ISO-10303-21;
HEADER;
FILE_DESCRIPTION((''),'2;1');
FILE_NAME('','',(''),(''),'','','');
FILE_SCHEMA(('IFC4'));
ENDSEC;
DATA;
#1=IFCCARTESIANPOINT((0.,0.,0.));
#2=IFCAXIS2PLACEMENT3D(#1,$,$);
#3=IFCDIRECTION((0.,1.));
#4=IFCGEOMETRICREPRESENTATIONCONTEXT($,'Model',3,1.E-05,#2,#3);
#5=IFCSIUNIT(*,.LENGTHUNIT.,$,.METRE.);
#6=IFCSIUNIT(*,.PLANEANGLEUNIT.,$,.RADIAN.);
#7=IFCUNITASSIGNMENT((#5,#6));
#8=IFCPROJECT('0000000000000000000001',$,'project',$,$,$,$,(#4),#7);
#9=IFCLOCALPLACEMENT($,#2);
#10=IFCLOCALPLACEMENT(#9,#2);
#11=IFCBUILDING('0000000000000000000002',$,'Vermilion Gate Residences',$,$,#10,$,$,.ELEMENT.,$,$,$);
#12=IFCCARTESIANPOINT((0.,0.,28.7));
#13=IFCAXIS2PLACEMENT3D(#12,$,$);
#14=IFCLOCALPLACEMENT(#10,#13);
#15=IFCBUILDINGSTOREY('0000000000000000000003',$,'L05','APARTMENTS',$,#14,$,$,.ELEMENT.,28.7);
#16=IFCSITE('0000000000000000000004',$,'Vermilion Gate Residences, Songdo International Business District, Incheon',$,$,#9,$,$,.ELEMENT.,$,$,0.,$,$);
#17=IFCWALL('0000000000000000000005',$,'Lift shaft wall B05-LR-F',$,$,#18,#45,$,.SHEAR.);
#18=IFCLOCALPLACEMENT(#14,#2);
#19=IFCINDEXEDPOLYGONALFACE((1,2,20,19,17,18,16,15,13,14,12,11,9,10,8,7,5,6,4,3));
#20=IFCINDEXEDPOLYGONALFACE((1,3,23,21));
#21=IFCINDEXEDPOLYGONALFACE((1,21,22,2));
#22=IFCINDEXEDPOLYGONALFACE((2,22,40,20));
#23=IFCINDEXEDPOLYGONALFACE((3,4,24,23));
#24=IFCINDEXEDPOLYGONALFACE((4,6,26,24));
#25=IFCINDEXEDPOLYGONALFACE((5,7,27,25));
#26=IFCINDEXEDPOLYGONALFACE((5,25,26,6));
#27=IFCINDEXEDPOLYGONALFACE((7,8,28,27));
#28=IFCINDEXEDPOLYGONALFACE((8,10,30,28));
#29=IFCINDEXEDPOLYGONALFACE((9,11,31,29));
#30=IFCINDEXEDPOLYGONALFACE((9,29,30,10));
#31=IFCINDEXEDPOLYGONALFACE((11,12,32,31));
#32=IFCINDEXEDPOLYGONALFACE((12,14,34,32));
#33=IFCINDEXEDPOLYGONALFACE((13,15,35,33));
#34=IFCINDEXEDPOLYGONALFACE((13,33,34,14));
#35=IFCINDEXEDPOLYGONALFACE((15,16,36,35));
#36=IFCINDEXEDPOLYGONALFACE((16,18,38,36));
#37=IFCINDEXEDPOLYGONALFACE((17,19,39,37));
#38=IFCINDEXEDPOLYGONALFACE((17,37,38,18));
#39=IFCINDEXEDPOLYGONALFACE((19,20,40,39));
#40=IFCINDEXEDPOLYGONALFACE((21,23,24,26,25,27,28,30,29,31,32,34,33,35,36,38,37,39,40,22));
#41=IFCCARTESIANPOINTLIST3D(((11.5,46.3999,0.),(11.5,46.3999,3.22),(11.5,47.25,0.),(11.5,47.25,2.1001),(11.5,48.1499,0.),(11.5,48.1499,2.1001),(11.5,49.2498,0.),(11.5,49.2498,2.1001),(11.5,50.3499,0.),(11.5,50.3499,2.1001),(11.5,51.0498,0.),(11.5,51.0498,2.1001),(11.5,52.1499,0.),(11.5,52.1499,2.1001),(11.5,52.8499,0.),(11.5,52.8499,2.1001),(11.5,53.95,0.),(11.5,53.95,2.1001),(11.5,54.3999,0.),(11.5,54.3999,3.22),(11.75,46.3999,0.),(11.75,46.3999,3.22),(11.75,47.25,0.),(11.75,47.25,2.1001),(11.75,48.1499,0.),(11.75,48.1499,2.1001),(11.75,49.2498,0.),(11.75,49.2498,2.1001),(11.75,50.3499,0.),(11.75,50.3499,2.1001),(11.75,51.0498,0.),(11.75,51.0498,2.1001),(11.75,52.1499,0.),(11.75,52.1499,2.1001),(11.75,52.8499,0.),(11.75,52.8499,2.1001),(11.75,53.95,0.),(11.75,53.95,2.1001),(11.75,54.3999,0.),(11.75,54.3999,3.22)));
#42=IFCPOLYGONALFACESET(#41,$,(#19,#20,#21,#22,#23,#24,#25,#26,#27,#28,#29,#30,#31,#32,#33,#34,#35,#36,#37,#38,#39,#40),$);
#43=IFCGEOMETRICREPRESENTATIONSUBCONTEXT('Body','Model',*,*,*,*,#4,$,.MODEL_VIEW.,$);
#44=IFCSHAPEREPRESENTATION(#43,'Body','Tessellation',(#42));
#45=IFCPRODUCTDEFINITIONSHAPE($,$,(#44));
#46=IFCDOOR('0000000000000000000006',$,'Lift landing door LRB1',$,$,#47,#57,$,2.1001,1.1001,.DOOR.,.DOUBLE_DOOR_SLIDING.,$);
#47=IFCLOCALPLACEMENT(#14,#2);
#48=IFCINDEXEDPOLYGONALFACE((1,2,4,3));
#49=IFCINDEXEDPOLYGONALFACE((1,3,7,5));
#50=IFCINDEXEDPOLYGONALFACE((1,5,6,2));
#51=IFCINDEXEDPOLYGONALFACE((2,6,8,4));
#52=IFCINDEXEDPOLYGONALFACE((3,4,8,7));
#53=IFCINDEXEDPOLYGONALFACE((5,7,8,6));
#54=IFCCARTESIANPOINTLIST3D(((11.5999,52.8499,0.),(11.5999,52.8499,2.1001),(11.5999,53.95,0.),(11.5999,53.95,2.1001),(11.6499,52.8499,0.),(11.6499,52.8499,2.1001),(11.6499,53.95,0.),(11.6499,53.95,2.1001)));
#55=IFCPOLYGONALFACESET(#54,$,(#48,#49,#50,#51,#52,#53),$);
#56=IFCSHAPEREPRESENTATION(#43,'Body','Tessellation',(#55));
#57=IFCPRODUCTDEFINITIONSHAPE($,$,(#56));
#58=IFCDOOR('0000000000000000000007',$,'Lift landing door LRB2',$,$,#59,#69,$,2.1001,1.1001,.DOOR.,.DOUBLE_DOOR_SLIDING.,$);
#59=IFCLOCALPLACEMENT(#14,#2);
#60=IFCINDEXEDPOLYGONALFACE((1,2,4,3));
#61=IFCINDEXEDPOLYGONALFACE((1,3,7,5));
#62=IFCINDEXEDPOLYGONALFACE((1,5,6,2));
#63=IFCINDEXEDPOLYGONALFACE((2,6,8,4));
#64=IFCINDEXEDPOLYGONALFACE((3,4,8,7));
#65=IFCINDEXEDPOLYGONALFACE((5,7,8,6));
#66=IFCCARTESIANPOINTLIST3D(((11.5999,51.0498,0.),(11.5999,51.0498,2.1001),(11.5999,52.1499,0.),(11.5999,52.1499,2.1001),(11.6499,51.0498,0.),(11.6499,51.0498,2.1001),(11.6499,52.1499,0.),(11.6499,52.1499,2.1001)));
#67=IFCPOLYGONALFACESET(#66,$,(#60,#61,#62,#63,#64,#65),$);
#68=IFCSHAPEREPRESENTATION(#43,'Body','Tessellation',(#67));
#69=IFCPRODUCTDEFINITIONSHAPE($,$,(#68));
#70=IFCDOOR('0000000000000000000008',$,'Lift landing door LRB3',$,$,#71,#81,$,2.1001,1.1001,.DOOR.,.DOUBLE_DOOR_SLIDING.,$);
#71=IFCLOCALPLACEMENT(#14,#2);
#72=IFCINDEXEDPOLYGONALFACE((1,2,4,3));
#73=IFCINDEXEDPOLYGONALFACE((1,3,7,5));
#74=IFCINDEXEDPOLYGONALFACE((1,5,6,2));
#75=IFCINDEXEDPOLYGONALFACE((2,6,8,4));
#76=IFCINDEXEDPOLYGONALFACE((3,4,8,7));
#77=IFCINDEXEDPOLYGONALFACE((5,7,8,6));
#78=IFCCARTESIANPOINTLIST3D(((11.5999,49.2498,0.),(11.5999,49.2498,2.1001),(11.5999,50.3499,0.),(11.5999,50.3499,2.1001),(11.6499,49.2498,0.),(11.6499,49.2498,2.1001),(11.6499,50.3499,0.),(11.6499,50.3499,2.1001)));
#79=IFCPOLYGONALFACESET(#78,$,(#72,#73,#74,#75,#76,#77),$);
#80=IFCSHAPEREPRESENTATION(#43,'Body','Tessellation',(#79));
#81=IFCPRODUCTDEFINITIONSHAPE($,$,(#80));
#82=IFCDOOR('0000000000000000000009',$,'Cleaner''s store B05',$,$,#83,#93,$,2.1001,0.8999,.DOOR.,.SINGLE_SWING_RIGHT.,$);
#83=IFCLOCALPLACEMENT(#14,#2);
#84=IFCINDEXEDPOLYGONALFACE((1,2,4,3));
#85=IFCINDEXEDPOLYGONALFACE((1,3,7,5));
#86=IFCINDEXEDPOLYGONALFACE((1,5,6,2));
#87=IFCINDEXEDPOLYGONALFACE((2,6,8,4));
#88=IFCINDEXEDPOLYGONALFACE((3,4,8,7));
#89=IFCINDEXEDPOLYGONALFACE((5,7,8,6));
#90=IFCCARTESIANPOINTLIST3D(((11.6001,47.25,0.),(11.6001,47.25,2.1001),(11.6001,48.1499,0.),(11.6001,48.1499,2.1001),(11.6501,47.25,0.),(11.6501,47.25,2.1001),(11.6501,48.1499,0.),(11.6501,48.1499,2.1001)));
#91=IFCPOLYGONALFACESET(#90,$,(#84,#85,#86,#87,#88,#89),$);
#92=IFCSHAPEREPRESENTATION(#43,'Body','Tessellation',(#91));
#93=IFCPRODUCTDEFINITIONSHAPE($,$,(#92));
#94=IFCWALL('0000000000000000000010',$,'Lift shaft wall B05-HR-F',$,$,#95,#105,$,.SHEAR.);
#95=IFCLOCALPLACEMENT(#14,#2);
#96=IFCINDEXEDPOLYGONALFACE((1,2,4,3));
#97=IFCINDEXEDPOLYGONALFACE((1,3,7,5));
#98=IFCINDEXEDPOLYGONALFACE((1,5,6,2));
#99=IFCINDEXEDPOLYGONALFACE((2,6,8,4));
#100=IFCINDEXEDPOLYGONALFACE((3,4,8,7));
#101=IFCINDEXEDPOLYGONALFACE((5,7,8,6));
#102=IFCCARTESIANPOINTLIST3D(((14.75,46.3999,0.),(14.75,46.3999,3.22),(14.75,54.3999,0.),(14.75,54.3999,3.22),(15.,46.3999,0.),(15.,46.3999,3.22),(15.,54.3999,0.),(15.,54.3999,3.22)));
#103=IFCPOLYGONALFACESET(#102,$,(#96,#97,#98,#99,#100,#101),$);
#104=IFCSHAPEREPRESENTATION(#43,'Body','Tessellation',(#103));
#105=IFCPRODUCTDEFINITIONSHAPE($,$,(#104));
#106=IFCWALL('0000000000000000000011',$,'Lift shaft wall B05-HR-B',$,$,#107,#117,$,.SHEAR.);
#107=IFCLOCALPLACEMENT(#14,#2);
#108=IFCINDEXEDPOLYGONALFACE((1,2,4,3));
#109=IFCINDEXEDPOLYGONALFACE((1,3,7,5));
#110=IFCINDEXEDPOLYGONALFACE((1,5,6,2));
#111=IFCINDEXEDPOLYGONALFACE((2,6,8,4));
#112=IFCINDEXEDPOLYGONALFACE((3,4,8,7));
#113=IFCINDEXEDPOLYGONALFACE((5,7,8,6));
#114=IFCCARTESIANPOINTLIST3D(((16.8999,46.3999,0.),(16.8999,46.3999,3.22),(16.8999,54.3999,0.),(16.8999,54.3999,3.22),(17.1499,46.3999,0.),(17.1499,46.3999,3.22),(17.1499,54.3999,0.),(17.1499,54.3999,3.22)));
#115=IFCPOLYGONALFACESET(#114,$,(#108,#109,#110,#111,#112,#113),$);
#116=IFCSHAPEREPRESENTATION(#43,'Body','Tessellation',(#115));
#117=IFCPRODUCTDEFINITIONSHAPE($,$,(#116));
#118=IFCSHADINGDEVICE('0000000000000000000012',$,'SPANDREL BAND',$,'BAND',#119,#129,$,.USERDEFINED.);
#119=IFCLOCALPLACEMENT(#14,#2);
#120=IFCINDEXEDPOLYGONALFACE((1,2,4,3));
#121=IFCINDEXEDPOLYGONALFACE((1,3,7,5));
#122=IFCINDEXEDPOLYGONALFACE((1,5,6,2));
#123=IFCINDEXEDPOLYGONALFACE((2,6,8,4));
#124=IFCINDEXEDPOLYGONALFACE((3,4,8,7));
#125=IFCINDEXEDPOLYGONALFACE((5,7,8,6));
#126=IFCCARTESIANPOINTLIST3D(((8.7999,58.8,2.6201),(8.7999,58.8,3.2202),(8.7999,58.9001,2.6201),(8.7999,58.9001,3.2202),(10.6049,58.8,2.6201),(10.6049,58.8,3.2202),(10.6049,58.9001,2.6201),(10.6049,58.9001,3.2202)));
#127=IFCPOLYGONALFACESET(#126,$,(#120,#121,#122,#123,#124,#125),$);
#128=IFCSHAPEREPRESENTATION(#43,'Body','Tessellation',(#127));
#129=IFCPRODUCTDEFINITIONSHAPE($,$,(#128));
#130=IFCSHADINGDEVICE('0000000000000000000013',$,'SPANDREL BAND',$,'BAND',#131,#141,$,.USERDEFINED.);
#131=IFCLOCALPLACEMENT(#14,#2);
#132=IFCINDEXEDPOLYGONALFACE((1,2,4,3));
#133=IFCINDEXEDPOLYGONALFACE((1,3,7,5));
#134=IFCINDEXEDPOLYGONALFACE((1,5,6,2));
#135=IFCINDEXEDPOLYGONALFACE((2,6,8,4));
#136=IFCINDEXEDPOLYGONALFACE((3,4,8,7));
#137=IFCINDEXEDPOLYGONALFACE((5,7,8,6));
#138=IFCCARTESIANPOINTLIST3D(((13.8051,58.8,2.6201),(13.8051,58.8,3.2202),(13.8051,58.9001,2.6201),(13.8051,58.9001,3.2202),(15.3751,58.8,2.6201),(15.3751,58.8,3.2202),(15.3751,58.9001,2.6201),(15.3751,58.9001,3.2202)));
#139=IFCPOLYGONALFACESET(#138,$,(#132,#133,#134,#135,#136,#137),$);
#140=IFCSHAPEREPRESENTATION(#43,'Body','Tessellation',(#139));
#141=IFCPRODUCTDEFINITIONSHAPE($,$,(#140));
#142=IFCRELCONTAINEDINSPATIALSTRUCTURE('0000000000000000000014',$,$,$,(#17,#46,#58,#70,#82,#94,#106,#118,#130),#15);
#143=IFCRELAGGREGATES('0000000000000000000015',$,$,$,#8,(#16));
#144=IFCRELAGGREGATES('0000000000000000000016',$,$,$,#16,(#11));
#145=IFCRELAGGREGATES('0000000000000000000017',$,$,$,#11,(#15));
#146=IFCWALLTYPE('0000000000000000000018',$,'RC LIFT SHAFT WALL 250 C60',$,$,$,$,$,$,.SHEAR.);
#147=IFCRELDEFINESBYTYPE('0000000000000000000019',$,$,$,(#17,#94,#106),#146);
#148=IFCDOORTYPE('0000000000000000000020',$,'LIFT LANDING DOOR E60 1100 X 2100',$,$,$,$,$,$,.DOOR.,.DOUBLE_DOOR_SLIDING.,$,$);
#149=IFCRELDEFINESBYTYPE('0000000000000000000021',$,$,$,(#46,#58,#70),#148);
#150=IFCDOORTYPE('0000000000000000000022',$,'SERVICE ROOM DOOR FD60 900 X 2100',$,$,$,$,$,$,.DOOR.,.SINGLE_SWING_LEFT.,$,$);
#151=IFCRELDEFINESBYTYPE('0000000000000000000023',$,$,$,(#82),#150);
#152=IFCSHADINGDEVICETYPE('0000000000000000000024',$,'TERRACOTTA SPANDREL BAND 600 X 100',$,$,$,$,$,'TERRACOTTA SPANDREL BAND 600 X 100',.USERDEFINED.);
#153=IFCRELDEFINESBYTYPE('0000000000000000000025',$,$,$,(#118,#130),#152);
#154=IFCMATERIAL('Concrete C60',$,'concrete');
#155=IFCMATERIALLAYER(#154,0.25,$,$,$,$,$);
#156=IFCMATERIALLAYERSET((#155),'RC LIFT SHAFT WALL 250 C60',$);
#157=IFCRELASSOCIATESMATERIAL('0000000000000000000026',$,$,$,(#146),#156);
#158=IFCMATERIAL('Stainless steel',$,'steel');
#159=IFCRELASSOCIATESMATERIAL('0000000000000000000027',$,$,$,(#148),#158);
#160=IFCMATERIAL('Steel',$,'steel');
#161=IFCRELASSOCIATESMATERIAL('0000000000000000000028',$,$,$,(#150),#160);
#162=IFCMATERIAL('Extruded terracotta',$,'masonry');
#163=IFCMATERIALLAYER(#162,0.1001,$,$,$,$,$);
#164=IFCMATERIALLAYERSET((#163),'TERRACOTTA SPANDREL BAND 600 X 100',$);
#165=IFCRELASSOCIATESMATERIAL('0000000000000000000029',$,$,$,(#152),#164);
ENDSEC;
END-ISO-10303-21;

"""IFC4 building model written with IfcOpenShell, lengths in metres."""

from ifc_helpers import new_model, si_unit, direction, frame, frame_2d, origin, origin_2d, place, context, subcontext, project, spatial, rectangle, extrude, material, layer, layer_set, type_object, element, fill, save


model = new_model("IFC4")

# Units and contexts
model_context = context("Model", 3, precision=1e-05, world=origin(), true_north=direction((0.0, 1.0)))
body_context = subcontext(model_context, "Body", "Model", "MODEL_VIEW")
ifc_project = project(units=[si_unit("LENGTHUNIT", "METRE"), si_unit("PLANEANGLEUNIT", "RADIAN")], contexts=[model_context])

# Site, building, storey
site_placement = place(None, origin())
site = spatial("IfcSite", under=ifc_project, at=site_placement, Name="Vermilion Gate Residences, Songdo International Business District, Incheon", CompositionType="ELEMENT", RefElevation=0.0)
building_placement = place(site_placement, origin())
building = spatial("IfcBuilding", under=site, at=building_placement, Name="Vermilion Gate Residences", CompositionType="ELEMENT")
storey_placement = place(building_placement, frame((0.0, 0.0, 28.7)))
storey = spatial("IfcBuildingStorey", under=building, at=storey_placement, Name="L05", Description="APARTMENTS", CompositionType="ELEMENT", Elevation=28.7)

# Wall, openings, doors
ifc_material_1 = material(Name="Concrete C60", Category="concrete")
ifc_layer_1 = layer(ifc_material_1, 0.25)
ifc_layer_set_1 = layer_set([ifc_layer_1], Name="RC LIFT SHAFT WALL 250 C60")
wall_type_1 = type_object("IfcWallType", Name="RC LIFT SHAFT WALL 250 C60", PredefinedType="SHEAR", material=ifc_layer_set_1)
wall_1_placement = place(storey_placement, frame((11.625, 54.3999, 0.0), z_axis=(0.0, 0.0, 1.0), x_axis=(0.0, -1.0, 0.0)))
wall_1 = element("IfcWall", 1, at=wall_1_placement, inside=storey, type_object=wall_type_1, Name="Lift shaft wall B05-LR-F", PredefinedType="SHEAR", context=body_context, shape_type="SweptSolid", body=[
    extrude(rectangle(XDim=8.0, YDim=0.25, at=frame_2d((4.0, 0.0))), origin(), (0.0, 0.0, 1.0), 3.22),
])
opening_1_placement = place(wall_1_placement, frame((0.45, 0.0, 0.0)))
opening_1 = element("IfcOpeningElement", 2, at=opening_1_placement, cuts=wall_1, PredefinedType="OPENING", context=body_context, shape_type="SweptSolid", body=[
    extrude(rectangle(XDim=1.1001, YDim=2.1001, at=frame_2d((0.55, 1.05))), frame((0.0, 0.135, 0.0), z_axis=(0.0, -1.0, 0.0), x_axis=(1.0, 0.0, 0.0)), (0.0, 0.0, 1.0), 0.27),
])
opening_2_placement = place(wall_1_placement, frame((2.25, 0.0, 0.0)))
opening_2 = element("IfcOpeningElement", 3, at=opening_2_placement, cuts=wall_1, PredefinedType="OPENING", context=body_context, shape_type="SweptSolid", body=[
    extrude(rectangle(XDim=1.1001, YDim=2.1001, at=frame_2d((0.55, 1.05))), frame((0.0, 0.135, 0.0), z_axis=(0.0, -1.0, 0.0), x_axis=(1.0, 0.0, 0.0)), (0.0, 0.0, 1.0), 0.27),
])
opening_3_placement = place(wall_1_placement, frame((4.05, 0.0, 0.0)))
opening_3 = element("IfcOpeningElement", 4, at=opening_3_placement, cuts=wall_1, PredefinedType="OPENING", context=body_context, shape_type="SweptSolid", body=[
    extrude(rectangle(XDim=1.1001, YDim=2.1001, at=frame_2d((0.55, 1.05))), frame((0.0, 0.135, 0.0), z_axis=(0.0, -1.0, 0.0), x_axis=(1.0, 0.0, 0.0)), (0.0, 0.0, 1.0), 0.27),
])
opening_4_placement = place(wall_1_placement, frame((6.25, 0.0, 0.0)))
opening_4 = element("IfcOpeningElement", 5, at=opening_4_placement, cuts=wall_1, PredefinedType="OPENING", context=body_context, shape_type="SweptSolid", body=[
    extrude(rectangle(XDim=0.8999, YDim=2.1001, at=frame_2d((0.45, 1.05))), frame((0.0, 0.135, 0.0), z_axis=(0.0, -1.0, 0.0), x_axis=(1.0, 0.0, 0.0)), (0.0, 0.0, 1.0), 0.27),
])
ifc_material_2 = material(Name="Stainless steel", Category="steel")
door_type_1 = type_object("IfcDoorType", Name="LIFT LANDING DOOR E60 1100 X 2100", OperationType="DOUBLE_DOOR_SLIDING", PredefinedType="DOOR", material=ifc_material_2)
door_1_placement = place(opening_1_placement, origin())
door_1 = element("IfcDoor", 6, at=door_1_placement, inside=storey, type_object=door_type_1, Name="Lift landing door LRB1", OperationType="DOUBLE_DOOR_SLIDING", OverallHeight=2.1001, OverallWidth=1.1001, PredefinedType="DOOR", context=body_context, shape_type="SweptSolid", body=[
    extrude(rectangle(XDim=1.1001, YDim=2.1001, at=frame_2d((0.55, 1.05))), frame((0.0, 0.0249, 0.0), z_axis=(0.0, -1.0, 0.0), x_axis=(1.0, 0.0, 0.0)), (0.0, 0.0, 1.0), 0.05),
])
fill(opening_1, door_1)
door_2_placement = place(opening_2_placement, origin())
door_2 = element("IfcDoor", 7, at=door_2_placement, inside=storey, type_object=door_type_1, Name="Lift landing door LRB2", OperationType="DOUBLE_DOOR_SLIDING", OverallHeight=2.1001, OverallWidth=1.1001, PredefinedType="DOOR", context=body_context, shape_type="SweptSolid", body=[
    extrude(rectangle(XDim=1.1001, YDim=2.1001, at=frame_2d((0.55, 1.05))), frame((0.0, 0.0249, 0.0), z_axis=(0.0, -1.0, 0.0), x_axis=(1.0, 0.0, 0.0)), (0.0, 0.0, 1.0), 0.05),
])
fill(opening_2, door_2)
door_3_placement = place(opening_3_placement, origin())
door_3 = element("IfcDoor", 8, at=door_3_placement, inside=storey, type_object=door_type_1, Name="Lift landing door LRB3", OperationType="DOUBLE_DOOR_SLIDING", OverallHeight=2.1001, OverallWidth=1.1001, PredefinedType="DOOR", context=body_context, shape_type="SweptSolid", body=[
    extrude(rectangle(XDim=1.1001, YDim=2.1001, at=frame_2d((0.55, 1.05))), frame((0.0, 0.0249, 0.0), z_axis=(0.0, -1.0, 0.0), x_axis=(1.0, 0.0, 0.0)), (0.0, 0.0, 1.0), 0.05),
])
fill(opening_3, door_3)
ifc_material_3 = material(Name="Steel", Category="steel")
door_type_2 = type_object("IfcDoorType", Name="SERVICE ROOM DOOR FD60 900 X 2100", OperationType="SINGLE_SWING_LEFT", PredefinedType="DOOR", material=ifc_material_3)
door_4_placement = place(opening_4_placement, frame((0.8999, 0.0, 0.0), z_axis=(0.0, 0.0, 1.0), x_axis=(-1.0, 0.0, 0.0)))
door_4 = element("IfcDoor", 9, at=door_4_placement, inside=storey, type_object=door_type_2, Name="Cleaner's store B05", OperationType="SINGLE_SWING_RIGHT", OverallHeight=2.1001, OverallWidth=0.8999, PredefinedType="DOOR", context=body_context, shape_type="SweptSolid", body=[
    extrude(rectangle(XDim=0.8999, YDim=2.1001, at=frame_2d((0.45, 1.05))), frame((0.0, 0.0249, 0.0), z_axis=(0.0, -1.0, 0.0), x_axis=(1.0, 0.0, 0.0)), (0.0, 0.0, 1.0), 0.05),
])
fill(opening_4, door_4)

# Walls
for number, where, z_axis, x_axis, name in (
    (10, (14.875, 54.3999, 0.0), (0.0, 0.0, 1.0), (0.0, -1.0, 0.0), "Lift shaft wall B05-HR-F"),
    (11, (17.0249, 54.3999, 0.0), (0.0, 0.0, 1.0), (0.0, -1.0, 0.0), "Lift shaft wall B05-HR-B"),
):
    element("IfcWall", number, at=place(storey_placement, frame(where, z_axis=z_axis, x_axis=x_axis)), inside=storey, type_object=wall_type_1, Name=name, PredefinedType="SHEAR", context=body_context, shape_type="SweptSolid", body=[
        extrude(rectangle(XDim=8.0, YDim=0.25, at=frame_2d((4.0, 0.0))), origin(), (0.0, 0.0, 1.0), 3.22),
    ])

# Shading devices
ifc_material_4 = material(Name="Extruded terracotta", Category="masonry")
ifc_layer_2 = layer(ifc_material_4, 0.1001)
ifc_layer_set_2 = layer_set([ifc_layer_2], Name="TERRACOTTA SPANDREL BAND 600 X 100")
shading_device_type = type_object("IfcShadingDeviceType", Name="TERRACOTTA SPANDREL BAND 600 X 100", ElementType="TERRACOTTA SPANDREL BAND 600 X 100", PredefinedType="USERDEFINED", material=ifc_layer_set_2)
shading_device_1_placement = place(storey_placement, frame((9.7024, 58.8501, 2.6201), z_axis=(0.0, 0.0, 1.0), x_axis=(1.0, 0.0, 0.0)))
element("IfcShadingDevice", 12, at=shading_device_1_placement, inside=storey, type_object=shading_device_type, Name="SPANDREL BAND", ObjectType="BAND", PredefinedType="USERDEFINED", context=body_context, shape_type="SweptSolid", body=[
    extrude(rectangle(XDim=1.8049, YDim=0.1001, at=origin_2d()), origin(), (0.0, 0.0, 1.0), 0.6001),
])
shading_device_2_placement = place(storey_placement, frame((14.5901, 58.8501, 2.6201), z_axis=(0.0, 0.0, 1.0), x_axis=(1.0, 0.0, 0.0)))
element("IfcShadingDevice", 13, at=shading_device_2_placement, inside=storey, type_object=shading_device_type, Name="SPANDREL BAND", ObjectType="BAND", PredefinedType="USERDEFINED", context=body_context, shape_type="SweptSolid", body=[
    extrude(rectangle(XDim=1.5701, YDim=0.1001, at=origin_2d()), origin(), (0.0, 0.0, 1.0), 0.6001),
])

save(model, "model.ifc")
